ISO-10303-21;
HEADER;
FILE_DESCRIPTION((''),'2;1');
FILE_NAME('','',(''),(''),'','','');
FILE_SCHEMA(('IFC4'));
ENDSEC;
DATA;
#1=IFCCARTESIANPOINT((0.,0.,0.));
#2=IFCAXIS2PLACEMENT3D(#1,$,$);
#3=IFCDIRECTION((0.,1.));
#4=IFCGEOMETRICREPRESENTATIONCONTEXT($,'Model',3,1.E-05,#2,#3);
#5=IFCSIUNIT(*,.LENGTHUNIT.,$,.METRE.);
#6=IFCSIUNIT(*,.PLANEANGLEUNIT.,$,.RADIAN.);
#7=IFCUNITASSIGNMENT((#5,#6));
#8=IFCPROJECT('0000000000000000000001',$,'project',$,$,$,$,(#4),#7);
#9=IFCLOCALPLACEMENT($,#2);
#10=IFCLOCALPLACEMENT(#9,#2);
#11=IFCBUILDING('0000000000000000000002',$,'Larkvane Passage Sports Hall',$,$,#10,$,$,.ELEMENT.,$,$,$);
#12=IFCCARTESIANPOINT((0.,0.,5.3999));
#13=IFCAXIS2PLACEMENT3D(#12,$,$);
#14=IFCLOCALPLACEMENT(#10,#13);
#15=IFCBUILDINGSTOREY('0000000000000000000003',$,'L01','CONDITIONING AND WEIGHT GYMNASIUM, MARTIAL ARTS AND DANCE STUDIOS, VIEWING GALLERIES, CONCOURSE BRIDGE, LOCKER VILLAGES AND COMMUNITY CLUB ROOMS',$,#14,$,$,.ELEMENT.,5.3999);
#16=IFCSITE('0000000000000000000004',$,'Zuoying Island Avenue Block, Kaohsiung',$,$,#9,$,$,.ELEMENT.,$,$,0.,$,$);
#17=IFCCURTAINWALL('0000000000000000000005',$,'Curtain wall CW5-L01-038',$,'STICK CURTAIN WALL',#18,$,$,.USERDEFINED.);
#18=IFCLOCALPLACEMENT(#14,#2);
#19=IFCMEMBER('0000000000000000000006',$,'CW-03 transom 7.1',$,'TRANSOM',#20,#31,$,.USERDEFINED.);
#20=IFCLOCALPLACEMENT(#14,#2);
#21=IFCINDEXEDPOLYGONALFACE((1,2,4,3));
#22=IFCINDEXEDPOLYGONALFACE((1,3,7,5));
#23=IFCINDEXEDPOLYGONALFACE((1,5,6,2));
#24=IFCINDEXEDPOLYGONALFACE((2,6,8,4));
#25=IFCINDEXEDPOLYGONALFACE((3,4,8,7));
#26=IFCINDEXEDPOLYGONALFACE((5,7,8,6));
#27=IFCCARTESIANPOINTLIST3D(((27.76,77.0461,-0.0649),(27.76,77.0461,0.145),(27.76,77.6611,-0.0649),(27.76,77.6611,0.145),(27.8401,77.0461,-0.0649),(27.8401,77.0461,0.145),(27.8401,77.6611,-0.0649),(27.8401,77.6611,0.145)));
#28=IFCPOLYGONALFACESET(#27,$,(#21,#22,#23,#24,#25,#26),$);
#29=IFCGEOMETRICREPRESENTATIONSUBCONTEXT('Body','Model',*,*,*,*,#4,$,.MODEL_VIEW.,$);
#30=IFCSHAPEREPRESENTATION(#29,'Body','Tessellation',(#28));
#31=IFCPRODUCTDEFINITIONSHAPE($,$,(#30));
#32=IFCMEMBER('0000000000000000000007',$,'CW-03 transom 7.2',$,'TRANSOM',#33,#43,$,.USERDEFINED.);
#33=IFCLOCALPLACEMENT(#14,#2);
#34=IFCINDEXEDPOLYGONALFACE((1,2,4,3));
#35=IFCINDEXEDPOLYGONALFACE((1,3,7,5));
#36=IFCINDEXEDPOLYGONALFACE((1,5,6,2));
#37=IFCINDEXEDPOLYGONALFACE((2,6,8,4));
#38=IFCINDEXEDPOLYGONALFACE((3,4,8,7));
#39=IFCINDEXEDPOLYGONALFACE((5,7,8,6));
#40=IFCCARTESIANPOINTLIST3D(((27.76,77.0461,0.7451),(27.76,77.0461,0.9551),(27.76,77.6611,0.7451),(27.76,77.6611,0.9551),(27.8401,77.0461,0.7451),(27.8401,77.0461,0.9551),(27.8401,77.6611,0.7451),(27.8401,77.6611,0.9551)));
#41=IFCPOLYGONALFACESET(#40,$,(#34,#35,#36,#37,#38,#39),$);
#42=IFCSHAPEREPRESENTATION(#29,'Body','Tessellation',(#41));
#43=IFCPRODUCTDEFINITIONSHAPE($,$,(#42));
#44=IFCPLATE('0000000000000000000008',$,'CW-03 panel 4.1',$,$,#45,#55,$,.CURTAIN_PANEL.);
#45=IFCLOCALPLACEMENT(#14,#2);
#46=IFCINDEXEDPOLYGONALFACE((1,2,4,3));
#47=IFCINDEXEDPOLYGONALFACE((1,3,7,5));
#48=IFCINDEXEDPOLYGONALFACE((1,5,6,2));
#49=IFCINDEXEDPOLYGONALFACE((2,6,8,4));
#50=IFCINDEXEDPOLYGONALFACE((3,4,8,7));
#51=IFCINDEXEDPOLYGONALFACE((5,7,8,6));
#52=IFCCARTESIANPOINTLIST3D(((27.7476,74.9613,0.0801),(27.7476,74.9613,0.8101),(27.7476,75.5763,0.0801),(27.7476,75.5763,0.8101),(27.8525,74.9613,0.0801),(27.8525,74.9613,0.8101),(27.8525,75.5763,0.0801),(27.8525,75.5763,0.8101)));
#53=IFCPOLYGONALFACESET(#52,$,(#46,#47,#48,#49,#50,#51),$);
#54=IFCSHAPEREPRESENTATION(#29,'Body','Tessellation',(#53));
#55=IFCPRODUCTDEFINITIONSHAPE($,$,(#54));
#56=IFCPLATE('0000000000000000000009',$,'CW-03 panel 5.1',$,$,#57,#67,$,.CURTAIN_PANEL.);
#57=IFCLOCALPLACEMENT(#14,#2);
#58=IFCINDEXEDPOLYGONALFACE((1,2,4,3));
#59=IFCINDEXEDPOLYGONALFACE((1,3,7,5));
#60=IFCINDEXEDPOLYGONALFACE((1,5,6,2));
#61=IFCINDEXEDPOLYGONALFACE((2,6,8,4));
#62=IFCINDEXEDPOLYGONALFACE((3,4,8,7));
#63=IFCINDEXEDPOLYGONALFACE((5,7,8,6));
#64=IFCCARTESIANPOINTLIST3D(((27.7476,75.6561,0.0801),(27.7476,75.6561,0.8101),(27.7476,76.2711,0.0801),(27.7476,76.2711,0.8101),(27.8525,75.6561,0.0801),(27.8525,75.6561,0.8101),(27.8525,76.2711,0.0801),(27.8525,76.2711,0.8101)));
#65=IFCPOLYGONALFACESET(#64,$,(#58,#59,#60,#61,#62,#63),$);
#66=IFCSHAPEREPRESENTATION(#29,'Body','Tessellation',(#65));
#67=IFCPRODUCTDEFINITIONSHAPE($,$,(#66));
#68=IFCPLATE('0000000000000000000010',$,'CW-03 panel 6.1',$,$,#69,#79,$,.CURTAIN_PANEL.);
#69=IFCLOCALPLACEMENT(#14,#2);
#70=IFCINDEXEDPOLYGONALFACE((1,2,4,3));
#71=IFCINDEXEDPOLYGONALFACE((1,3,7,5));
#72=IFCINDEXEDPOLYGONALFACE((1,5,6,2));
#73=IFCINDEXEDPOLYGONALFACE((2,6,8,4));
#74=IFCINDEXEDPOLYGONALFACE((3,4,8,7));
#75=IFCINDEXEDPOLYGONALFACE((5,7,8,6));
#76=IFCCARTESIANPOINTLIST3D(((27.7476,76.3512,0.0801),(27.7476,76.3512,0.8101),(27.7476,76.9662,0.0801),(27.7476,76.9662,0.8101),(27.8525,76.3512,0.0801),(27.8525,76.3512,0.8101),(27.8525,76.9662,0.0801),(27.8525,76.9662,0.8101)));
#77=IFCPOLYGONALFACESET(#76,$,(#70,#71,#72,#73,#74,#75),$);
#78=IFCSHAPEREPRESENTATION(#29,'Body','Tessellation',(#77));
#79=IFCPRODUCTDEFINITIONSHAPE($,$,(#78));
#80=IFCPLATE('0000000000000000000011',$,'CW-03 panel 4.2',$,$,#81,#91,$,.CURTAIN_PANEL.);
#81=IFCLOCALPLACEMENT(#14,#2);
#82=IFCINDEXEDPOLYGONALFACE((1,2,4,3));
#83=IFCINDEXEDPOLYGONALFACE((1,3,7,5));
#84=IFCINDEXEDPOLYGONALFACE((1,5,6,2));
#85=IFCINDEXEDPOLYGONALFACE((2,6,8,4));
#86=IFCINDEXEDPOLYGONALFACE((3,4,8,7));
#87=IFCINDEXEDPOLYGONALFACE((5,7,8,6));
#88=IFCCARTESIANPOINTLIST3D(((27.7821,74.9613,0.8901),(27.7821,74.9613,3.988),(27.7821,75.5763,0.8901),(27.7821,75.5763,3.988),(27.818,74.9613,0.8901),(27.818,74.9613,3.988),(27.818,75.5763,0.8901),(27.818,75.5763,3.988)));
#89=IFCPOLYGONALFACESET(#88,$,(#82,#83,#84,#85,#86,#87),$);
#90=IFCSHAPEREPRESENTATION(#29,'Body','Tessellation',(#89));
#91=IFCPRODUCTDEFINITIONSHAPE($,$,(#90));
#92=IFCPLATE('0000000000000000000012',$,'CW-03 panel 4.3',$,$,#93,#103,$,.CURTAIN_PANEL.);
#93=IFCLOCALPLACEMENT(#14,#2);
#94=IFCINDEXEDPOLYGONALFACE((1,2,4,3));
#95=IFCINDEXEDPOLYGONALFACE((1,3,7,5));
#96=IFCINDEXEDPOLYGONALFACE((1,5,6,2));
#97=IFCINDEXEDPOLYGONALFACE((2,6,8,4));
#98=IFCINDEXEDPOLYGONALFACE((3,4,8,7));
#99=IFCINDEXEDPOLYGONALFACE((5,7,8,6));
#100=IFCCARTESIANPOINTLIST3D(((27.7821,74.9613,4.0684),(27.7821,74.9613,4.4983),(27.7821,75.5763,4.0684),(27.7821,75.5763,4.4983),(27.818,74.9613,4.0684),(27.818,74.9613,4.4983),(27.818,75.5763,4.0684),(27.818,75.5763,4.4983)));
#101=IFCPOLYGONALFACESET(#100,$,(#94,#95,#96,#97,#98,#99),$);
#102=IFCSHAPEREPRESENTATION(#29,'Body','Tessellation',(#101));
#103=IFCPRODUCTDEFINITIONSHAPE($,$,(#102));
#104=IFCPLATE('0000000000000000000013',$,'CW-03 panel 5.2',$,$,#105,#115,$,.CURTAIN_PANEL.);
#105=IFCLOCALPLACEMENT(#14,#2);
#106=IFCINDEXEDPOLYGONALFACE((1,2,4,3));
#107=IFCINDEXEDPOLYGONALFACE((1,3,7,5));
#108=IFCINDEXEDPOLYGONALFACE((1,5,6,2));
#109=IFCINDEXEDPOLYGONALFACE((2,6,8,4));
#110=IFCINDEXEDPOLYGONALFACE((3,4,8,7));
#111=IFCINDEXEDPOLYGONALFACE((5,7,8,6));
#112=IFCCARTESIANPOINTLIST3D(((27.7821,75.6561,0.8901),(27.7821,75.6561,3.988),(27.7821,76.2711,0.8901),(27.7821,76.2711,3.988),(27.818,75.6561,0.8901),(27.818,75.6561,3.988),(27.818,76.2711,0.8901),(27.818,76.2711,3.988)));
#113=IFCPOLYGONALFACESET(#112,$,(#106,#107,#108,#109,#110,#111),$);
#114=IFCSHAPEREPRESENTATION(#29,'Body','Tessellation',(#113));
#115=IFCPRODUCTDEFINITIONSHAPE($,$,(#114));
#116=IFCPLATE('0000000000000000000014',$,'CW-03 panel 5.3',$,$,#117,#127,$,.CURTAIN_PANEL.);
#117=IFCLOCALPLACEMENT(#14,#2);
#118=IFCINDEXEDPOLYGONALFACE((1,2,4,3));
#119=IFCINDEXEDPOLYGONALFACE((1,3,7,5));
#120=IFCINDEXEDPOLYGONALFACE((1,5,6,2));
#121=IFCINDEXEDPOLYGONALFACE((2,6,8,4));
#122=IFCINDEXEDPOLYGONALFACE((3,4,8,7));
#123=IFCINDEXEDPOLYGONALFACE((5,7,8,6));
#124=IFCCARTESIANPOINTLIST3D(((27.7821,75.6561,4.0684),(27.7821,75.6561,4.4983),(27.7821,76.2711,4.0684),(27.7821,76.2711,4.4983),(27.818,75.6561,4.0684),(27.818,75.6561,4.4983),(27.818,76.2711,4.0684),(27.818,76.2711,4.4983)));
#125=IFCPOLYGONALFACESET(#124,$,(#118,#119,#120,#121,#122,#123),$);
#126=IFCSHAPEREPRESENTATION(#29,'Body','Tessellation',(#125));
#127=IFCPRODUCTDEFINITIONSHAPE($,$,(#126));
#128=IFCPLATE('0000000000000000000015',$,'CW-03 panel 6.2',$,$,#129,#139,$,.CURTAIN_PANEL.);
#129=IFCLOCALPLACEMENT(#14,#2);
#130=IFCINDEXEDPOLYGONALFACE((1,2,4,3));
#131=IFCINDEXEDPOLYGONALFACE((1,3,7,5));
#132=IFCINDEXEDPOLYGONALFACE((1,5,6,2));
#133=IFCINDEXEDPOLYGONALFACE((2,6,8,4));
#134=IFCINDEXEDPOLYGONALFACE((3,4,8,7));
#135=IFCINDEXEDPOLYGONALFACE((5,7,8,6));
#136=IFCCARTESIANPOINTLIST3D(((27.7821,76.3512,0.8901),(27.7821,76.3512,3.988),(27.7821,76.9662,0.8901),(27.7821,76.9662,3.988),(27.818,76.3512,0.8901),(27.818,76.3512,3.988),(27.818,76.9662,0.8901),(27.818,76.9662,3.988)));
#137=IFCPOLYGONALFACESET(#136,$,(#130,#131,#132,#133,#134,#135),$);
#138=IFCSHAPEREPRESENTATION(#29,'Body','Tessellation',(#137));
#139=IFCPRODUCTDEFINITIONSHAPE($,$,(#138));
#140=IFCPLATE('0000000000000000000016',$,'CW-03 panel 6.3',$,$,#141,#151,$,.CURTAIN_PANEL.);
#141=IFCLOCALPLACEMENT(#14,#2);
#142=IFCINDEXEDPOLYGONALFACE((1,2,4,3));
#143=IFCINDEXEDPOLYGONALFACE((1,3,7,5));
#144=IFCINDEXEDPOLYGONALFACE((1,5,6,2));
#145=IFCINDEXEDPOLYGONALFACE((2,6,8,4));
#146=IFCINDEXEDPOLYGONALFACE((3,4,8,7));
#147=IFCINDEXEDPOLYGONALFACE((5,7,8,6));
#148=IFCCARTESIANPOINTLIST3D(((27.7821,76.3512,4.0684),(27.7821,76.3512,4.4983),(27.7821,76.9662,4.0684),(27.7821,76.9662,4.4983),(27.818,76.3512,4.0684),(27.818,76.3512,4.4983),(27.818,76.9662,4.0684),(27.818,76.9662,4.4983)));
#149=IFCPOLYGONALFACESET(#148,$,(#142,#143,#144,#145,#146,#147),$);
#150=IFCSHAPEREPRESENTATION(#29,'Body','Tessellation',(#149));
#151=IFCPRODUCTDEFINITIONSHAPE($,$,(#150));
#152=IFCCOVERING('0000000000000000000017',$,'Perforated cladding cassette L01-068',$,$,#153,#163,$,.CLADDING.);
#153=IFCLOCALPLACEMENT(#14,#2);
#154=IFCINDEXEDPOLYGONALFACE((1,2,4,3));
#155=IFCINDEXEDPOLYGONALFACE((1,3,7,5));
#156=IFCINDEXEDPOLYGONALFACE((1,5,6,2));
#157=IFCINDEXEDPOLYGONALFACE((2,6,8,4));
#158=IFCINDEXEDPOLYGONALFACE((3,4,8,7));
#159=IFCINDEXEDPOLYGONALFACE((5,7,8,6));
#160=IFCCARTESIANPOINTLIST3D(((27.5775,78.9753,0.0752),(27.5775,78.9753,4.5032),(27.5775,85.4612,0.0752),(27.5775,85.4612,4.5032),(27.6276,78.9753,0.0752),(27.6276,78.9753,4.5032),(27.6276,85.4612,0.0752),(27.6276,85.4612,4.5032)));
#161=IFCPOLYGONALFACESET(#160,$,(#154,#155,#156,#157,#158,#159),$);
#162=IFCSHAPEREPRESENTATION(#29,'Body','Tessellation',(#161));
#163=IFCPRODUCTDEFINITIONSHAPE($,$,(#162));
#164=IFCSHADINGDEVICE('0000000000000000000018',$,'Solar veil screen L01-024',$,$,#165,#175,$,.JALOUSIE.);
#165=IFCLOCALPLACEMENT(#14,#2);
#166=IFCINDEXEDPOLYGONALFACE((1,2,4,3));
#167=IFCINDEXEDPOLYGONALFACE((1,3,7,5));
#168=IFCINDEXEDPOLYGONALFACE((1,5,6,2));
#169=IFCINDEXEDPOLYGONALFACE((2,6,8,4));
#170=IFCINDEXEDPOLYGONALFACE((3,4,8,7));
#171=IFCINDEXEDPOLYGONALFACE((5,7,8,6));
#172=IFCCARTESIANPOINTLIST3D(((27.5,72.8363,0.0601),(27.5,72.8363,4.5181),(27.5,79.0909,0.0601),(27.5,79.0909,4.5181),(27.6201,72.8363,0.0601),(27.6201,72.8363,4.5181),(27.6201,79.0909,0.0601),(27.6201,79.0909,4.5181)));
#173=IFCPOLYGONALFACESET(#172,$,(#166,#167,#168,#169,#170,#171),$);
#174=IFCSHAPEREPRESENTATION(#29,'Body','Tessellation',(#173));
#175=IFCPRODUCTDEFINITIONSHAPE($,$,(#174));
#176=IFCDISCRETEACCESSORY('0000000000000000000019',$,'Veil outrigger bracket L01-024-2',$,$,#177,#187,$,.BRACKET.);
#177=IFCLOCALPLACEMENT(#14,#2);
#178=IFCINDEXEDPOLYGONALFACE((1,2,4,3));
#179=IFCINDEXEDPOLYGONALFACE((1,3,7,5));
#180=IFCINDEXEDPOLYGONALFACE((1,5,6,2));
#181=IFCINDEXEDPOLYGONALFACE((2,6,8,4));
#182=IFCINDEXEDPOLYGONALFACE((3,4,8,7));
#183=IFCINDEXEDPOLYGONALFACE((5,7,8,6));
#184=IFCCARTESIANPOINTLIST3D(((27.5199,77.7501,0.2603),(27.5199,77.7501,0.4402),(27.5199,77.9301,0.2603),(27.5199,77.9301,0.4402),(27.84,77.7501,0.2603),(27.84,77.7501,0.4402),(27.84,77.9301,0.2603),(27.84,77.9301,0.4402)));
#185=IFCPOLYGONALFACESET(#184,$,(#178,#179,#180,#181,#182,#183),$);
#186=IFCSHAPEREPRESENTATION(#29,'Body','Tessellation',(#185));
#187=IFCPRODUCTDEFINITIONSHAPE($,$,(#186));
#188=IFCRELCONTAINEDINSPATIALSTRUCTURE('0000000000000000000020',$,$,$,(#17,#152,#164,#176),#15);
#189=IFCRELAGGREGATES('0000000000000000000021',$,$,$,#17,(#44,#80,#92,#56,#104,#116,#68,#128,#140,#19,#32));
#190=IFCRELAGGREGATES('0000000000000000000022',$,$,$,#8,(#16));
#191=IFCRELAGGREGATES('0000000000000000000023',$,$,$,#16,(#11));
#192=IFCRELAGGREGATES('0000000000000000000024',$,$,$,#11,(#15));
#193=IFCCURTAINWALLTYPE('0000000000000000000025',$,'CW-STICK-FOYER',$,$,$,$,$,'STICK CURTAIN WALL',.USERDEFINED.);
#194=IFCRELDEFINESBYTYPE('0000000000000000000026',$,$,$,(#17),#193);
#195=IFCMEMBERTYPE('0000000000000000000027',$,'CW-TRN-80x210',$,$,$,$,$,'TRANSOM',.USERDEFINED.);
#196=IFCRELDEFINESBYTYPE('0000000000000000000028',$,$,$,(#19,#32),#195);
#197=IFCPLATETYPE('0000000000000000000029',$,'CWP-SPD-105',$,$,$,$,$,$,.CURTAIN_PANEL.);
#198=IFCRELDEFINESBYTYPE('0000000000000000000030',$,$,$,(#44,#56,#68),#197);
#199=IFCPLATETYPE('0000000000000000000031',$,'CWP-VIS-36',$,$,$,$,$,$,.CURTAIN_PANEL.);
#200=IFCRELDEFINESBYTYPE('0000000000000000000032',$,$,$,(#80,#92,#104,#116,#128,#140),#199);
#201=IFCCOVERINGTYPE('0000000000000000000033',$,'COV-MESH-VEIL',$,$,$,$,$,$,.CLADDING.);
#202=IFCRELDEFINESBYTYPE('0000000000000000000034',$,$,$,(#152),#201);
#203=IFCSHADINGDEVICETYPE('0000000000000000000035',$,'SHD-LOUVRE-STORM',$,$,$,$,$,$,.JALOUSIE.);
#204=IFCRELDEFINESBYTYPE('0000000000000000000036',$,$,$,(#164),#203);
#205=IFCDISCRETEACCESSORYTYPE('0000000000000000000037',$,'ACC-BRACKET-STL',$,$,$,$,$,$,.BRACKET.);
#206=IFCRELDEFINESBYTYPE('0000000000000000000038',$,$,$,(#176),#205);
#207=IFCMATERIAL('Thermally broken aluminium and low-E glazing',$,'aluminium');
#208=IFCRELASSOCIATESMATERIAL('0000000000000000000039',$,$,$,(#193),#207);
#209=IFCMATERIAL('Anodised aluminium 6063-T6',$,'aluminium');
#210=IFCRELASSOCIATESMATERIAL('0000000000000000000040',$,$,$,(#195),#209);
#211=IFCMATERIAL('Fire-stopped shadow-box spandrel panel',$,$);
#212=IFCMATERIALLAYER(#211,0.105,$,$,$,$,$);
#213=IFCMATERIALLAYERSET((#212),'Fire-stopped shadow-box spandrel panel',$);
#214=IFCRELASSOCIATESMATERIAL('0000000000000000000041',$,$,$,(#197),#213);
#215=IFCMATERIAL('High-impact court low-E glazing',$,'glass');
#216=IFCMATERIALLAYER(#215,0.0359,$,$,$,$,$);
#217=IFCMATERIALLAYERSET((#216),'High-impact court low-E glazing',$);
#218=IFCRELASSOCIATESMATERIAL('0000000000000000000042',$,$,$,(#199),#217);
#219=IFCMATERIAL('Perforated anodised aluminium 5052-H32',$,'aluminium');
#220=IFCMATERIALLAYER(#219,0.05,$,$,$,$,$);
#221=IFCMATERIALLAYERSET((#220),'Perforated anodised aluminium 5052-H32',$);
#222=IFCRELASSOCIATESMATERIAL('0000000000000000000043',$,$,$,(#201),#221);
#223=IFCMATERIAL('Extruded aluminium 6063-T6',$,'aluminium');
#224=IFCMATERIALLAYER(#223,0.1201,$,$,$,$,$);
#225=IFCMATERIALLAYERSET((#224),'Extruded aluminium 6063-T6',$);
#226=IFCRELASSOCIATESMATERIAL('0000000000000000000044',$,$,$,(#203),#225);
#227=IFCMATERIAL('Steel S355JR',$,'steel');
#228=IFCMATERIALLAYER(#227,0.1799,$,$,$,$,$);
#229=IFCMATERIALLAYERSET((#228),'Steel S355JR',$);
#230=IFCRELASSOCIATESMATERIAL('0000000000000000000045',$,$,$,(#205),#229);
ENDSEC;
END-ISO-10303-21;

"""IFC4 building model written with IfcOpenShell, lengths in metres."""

from ifc_helpers import new_model, si_unit, direction, frame, origin, origin_2d, place, context, subcontext, project, spatial, rectangle, extrude, material, layer, layer_set, material_profile, profile_set, type_object, element, aggregate, save


model = new_model("IFC4")

# Units and contexts
model_context = context("Model", 3, precision=1e-05, world=origin(), true_north=direction((0.0, 1.0)))
body_context = subcontext(model_context, "Body", "Model", "MODEL_VIEW")
ifc_project = project(units=[si_unit("LENGTHUNIT", "METRE"), si_unit("PLANEANGLEUNIT", "RADIAN")], contexts=[model_context])

# Site, building, storey
site_placement = place(None, origin())
site = spatial("IfcSite", under=ifc_project, at=site_placement, Name="Zuoying Island Avenue Block, Kaohsiung", CompositionType="ELEMENT", RefElevation=0.0)
building_placement = place(site_placement, origin())
building = spatial("IfcBuilding", under=site, at=building_placement, Name="Larkvane Passage Sports Hall", CompositionType="ELEMENT")
storey_placement = place(building_placement, frame((0.0, 0.0, 5.3999)))
storey = spatial("IfcBuildingStorey", under=building, at=storey_placement, Name="L01", Description="CONDITIONING AND WEIGHT GYMNASIUM, MARTIAL ARTS AND DANCE STUDIOS, VIEWING GALLERIES, CONCOURSE BRIDGE, LOCKER VILLAGES AND COMMUNITY CLUB ROOMS", CompositionType="ELEMENT", Elevation=5.3999)

# Curtain wall, members, plates
ifc_material_1 = material(Name="Thermally broken aluminium and low-E glazing", Category="aluminium")
curtain_wall_type = type_object("IfcCurtainWallType", Name="CW-STICK-FOYER", ElementType="STICK CURTAIN WALL", PredefinedType="USERDEFINED", material=ifc_material_1)
curtain_wall_placement = place(storey_placement, origin())
curtain_wall = element("IfcCurtainWall", 1, at=curtain_wall_placement, inside=storey, type_object=curtain_wall_type, Name="Curtain wall CW5-L01-038", ObjectType="STICK CURTAIN WALL", PredefinedType="USERDEFINED")
ifc_material_2 = material(Name="Anodised aluminium 6063-T6", Category="aluminium")
ifc_material_profile_1 = material_profile(ifc_material_2, rectangle(XDim=0.0801, YDim=0.21, at=origin_2d()), Name="ALU-TRN-80x210")
ifc_profile_set_1 = profile_set([ifc_material_profile_1], Name="Anodised aluminium 6063-T6")
member_type_1 = type_object("IfcMemberType", Name="CW-TRN-80x210", ElementType="TRANSOM", PredefinedType="USERDEFINED", material=ifc_profile_set_1)
member_1_placement = place(storey_placement, frame((27.8, 77.0461, 0.04), z_axis=(0.0, 1.0, 0.0), x_axis=(-1.0, 0.0, 0.0)))
member_1 = element("IfcMember", 2, at=member_1_placement, type_object=member_type_1, Name="CW-03 transom 7.1", ObjectType="TRANSOM", PredefinedType="USERDEFINED", context=body_context, shape_type="SweptSolid", body=[
    extrude(rectangle(XDim=0.0801, YDim=0.21, at=origin_2d()), origin(), (0.0, 0.0, 1.0), 0.615),
])
member_2_placement = place(storey_placement, frame((27.8, 77.0461, 0.8501), z_axis=(0.0, 1.0, 0.0), x_axis=(-1.0, 0.0, 0.0)))
member_2 = element("IfcMember", 3, at=member_2_placement, type_object=member_type_1, Name="CW-03 transom 7.2", ObjectType="TRANSOM", PredefinedType="USERDEFINED", context=body_context, shape_type="SweptSolid", body=[
    extrude(rectangle(XDim=0.0801, YDim=0.21, at=origin_2d()), origin(), (0.0, 0.0, 1.0), 0.615),
])
ifc_material_3 = material(Name="Fire-stopped shadow-box spandrel panel")
ifc_layer_1 = layer(ifc_material_3, 0.105)
ifc_layer_set_1 = layer_set([ifc_layer_1], Name="Fire-stopped shadow-box spandrel panel")
plate_type_1 = type_object("IfcPlateType", Name="CWP-SPD-105", PredefinedType="CURTAIN_PANEL", material=ifc_layer_set_1)
plate_1_placement = place(storey_placement, frame((27.8, 75.2688, 0.0801), z_axis=(0.0, 0.0, 1.0), x_axis=(0.0, 1.0, 0.0)))
plate_1 = element("IfcPlate", 4, at=plate_1_placement, type_object=plate_type_1, Name="CW-03 panel 4.1", PredefinedType="CURTAIN_PANEL", context=body_context, shape_type="SweptSolid", body=[
    extrude(rectangle(XDim=0.615, YDim=0.105, at=origin_2d()), origin(), (0.0, 0.0, 1.0), 0.73),
])
plate_2_placement = place(storey_placement, frame((27.8, 75.9636, 0.0801), z_axis=(0.0, 0.0, 1.0), x_axis=(0.0, 1.0, 0.0)))
plate_2 = element("IfcPlate", 5, at=plate_2_placement, type_object=plate_type_1, Name="CW-03 panel 5.1", PredefinedType="CURTAIN_PANEL", context=body_context, shape_type="SweptSolid", body=[
    extrude(rectangle(XDim=0.615, YDim=0.105, at=origin_2d()), origin(), (0.0, 0.0, 1.0), 0.73),
])
plate_3_placement = place(storey_placement, frame((27.8, 76.6587, 0.0801), z_axis=(0.0, 0.0, 1.0), x_axis=(0.0, 1.0, 0.0)))
plate_3 = element("IfcPlate", 6, at=plate_3_placement, type_object=plate_type_1, Name="CW-03 panel 6.1", PredefinedType="CURTAIN_PANEL", context=body_context, shape_type="SweptSolid", body=[
    extrude(rectangle(XDim=0.615, YDim=0.105, at=origin_2d()), origin(), (0.0, 0.0, 1.0), 0.73),
])
ifc_material_4 = material(Name="High-impact court low-E glazing", Category="glass")
ifc_layer_2 = layer(ifc_material_4, 0.0359)
ifc_layer_set_2 = layer_set([ifc_layer_2], Name="High-impact court low-E glazing")
plate_type_2 = type_object("IfcPlateType", Name="CWP-VIS-36", PredefinedType="CURTAIN_PANEL", material=ifc_layer_set_2)
plate_4_placement = place(storey_placement, frame((27.8, 75.2688, 0.8901), z_axis=(0.0, 0.0, 1.0), x_axis=(0.0, 1.0, 0.0)))
plate_4 = element("IfcPlate", 7, at=plate_4_placement, type_object=plate_type_2, Name="CW-03 panel 4.2", PredefinedType="CURTAIN_PANEL", context=body_context, shape_type="SweptSolid", body=[
    extrude(rectangle(XDim=0.615, YDim=0.0359, at=origin_2d()), origin(), (0.0, 0.0, 1.0), 3.0979),
])
plate_5_placement = place(storey_placement, frame((27.8, 75.2688, 4.0684), z_axis=(0.0, 0.0, 1.0), x_axis=(0.0, 1.0, 0.0)))
plate_5 = element("IfcPlate", 8, at=plate_5_placement, type_object=plate_type_2, Name="CW-03 panel 4.3", PredefinedType="CURTAIN_PANEL", context=body_context, shape_type="SweptSolid", body=[
    extrude(rectangle(XDim=0.615, YDim=0.0359, at=origin_2d()), origin(), (0.0, 0.0, 1.0), 0.4299),
])
plate_6_placement = place(storey_placement, frame((27.8, 75.9636, 0.8901), z_axis=(0.0, 0.0, 1.0), x_axis=(0.0, 1.0, 0.0)))
plate_6 = element("IfcPlate", 9, at=plate_6_placement, type_object=plate_type_2, Name="CW-03 panel 5.2", PredefinedType="CURTAIN_PANEL", context=body_context, shape_type="SweptSolid", body=[
    extrude(rectangle(XDim=0.615, YDim=0.0359, at=origin_2d()), origin(), (0.0, 0.0, 1.0), 3.0979),
])
plate_7_placement = place(storey_placement, frame((27.8, 75.9636, 4.0684), z_axis=(0.0, 0.0, 1.0), x_axis=(0.0, 1.0, 0.0)))
plate_7 = element("IfcPlate", 10, at=plate_7_placement, type_object=plate_type_2, Name="CW-03 panel 5.3", PredefinedType="CURTAIN_PANEL", context=body_context, shape_type="SweptSolid", body=[
    extrude(rectangle(XDim=0.615, YDim=0.0359, at=origin_2d()), origin(), (0.0, 0.0, 1.0), 0.4299),
])
plate_8_placement = place(storey_placement, frame((27.8, 76.6587, 0.8901), z_axis=(0.0, 0.0, 1.0), x_axis=(0.0, 1.0, 0.0)))
plate_8 = element("IfcPlate", 11, at=plate_8_placement, type_object=plate_type_2, Name="CW-03 panel 6.2", PredefinedType="CURTAIN_PANEL", context=body_context, shape_type="SweptSolid", body=[
    extrude(rectangle(XDim=0.615, YDim=0.0359, at=origin_2d()), origin(), (0.0, 0.0, 1.0), 3.0979),
])
plate_9_placement = place(storey_placement, frame((27.8, 76.6587, 4.0684), z_axis=(0.0, 0.0, 1.0), x_axis=(0.0, 1.0, 0.0)))
plate_9 = element("IfcPlate", 12, at=plate_9_placement, type_object=plate_type_2, Name="CW-03 panel 6.3", PredefinedType="CURTAIN_PANEL", context=body_context, shape_type="SweptSolid", body=[
    extrude(rectangle(XDim=0.615, YDim=0.0359, at=origin_2d()), origin(), (0.0, 0.0, 1.0), 0.4299),
])
aggregate(curtain_wall, [plate_1, plate_4, plate_5, plate_2, plate_6, plate_7, plate_3, plate_8, plate_9, member_1, member_2])

# Covering
ifc_material_5 = material(Name="Perforated anodised aluminium 5052-H32", Category="aluminium")
ifc_layer_3 = layer(ifc_material_5, 0.05)
ifc_layer_set_3 = layer_set([ifc_layer_3], Name="Perforated anodised aluminium 5052-H32")
covering_type = type_object("IfcCoveringType", Name="COV-MESH-VEIL", PredefinedType="CLADDING", material=ifc_layer_set_3)
covering_placement = place(storey_placement, frame((27.6025, 82.2183, 0.0752), z_axis=(0.0, 0.0, 1.0), x_axis=(0.0, 1.0, 0.0)))
element("IfcCovering", 13, at=covering_placement, inside=storey, type_object=covering_type, Name="Perforated cladding cassette L01-068", PredefinedType="CLADDING", context=body_context, shape_type="SweptSolid", body=[
    extrude(rectangle(XDim=6.4858, YDim=0.05, at=origin_2d()), origin(), (0.0, 0.0, 1.0), 4.428),
])

# Shading device
ifc_material_6 = material(Name="Extruded aluminium 6063-T6", Category="aluminium")
ifc_layer_4 = layer(ifc_material_6, 0.1201)
ifc_layer_set_4 = layer_set([ifc_layer_4], Name="Extruded aluminium 6063-T6")
shading_device_type = type_object("IfcShadingDeviceType", Name="SHD-LOUVRE-STORM", PredefinedType="JALOUSIE", material=ifc_layer_set_4)
shading_device_placement = place(storey_placement, frame((27.5601, 75.9636, 0.0601), z_axis=(0.0, 0.0, 1.0), x_axis=(0.0, 1.0, 0.0)))
element("IfcShadingDevice", 14, at=shading_device_placement, inside=storey, type_object=shading_device_type, Name="Solar veil screen L01-024", PredefinedType="JALOUSIE", context=body_context, shape_type="SweptSolid", body=[
    extrude(rectangle(XDim=6.2546, YDim=0.1201, at=origin_2d()), origin(), (0.0, 0.0, 1.0), 4.458),
])

# Discrete accessory
ifc_material_7 = material(Name="Steel S355JR", Category="steel")
ifc_layer_5 = layer(ifc_material_7, 0.1799)
ifc_layer_set_5 = layer_set([ifc_layer_5], Name="Steel S355JR")
discrete_accessory_type = type_object("IfcDiscreteAccessoryType", Name="ACC-BRACKET-STL", PredefinedType="BRACKET", material=ifc_layer_set_5)
discrete_accessory_placement = place(storey_placement, frame((27.6799, 77.8401, 0.2603), z_axis=(0.0, 0.0, 1.0), x_axis=(0.0, 1.0, 0.0)))
element("IfcDiscreteAccessory", 15, at=discrete_accessory_placement, inside=storey, type_object=discrete_accessory_type, Name="Veil outrigger bracket L01-024-2", PredefinedType="BRACKET", context=body_context, shape_type="SweptSolid", body=[
    extrude(rectangle(XDim=0.1799, YDim=0.3201, at=origin_2d()), origin(), (0.0, 0.0, 1.0), 0.1799),
])

save(model, "model.ifc")
